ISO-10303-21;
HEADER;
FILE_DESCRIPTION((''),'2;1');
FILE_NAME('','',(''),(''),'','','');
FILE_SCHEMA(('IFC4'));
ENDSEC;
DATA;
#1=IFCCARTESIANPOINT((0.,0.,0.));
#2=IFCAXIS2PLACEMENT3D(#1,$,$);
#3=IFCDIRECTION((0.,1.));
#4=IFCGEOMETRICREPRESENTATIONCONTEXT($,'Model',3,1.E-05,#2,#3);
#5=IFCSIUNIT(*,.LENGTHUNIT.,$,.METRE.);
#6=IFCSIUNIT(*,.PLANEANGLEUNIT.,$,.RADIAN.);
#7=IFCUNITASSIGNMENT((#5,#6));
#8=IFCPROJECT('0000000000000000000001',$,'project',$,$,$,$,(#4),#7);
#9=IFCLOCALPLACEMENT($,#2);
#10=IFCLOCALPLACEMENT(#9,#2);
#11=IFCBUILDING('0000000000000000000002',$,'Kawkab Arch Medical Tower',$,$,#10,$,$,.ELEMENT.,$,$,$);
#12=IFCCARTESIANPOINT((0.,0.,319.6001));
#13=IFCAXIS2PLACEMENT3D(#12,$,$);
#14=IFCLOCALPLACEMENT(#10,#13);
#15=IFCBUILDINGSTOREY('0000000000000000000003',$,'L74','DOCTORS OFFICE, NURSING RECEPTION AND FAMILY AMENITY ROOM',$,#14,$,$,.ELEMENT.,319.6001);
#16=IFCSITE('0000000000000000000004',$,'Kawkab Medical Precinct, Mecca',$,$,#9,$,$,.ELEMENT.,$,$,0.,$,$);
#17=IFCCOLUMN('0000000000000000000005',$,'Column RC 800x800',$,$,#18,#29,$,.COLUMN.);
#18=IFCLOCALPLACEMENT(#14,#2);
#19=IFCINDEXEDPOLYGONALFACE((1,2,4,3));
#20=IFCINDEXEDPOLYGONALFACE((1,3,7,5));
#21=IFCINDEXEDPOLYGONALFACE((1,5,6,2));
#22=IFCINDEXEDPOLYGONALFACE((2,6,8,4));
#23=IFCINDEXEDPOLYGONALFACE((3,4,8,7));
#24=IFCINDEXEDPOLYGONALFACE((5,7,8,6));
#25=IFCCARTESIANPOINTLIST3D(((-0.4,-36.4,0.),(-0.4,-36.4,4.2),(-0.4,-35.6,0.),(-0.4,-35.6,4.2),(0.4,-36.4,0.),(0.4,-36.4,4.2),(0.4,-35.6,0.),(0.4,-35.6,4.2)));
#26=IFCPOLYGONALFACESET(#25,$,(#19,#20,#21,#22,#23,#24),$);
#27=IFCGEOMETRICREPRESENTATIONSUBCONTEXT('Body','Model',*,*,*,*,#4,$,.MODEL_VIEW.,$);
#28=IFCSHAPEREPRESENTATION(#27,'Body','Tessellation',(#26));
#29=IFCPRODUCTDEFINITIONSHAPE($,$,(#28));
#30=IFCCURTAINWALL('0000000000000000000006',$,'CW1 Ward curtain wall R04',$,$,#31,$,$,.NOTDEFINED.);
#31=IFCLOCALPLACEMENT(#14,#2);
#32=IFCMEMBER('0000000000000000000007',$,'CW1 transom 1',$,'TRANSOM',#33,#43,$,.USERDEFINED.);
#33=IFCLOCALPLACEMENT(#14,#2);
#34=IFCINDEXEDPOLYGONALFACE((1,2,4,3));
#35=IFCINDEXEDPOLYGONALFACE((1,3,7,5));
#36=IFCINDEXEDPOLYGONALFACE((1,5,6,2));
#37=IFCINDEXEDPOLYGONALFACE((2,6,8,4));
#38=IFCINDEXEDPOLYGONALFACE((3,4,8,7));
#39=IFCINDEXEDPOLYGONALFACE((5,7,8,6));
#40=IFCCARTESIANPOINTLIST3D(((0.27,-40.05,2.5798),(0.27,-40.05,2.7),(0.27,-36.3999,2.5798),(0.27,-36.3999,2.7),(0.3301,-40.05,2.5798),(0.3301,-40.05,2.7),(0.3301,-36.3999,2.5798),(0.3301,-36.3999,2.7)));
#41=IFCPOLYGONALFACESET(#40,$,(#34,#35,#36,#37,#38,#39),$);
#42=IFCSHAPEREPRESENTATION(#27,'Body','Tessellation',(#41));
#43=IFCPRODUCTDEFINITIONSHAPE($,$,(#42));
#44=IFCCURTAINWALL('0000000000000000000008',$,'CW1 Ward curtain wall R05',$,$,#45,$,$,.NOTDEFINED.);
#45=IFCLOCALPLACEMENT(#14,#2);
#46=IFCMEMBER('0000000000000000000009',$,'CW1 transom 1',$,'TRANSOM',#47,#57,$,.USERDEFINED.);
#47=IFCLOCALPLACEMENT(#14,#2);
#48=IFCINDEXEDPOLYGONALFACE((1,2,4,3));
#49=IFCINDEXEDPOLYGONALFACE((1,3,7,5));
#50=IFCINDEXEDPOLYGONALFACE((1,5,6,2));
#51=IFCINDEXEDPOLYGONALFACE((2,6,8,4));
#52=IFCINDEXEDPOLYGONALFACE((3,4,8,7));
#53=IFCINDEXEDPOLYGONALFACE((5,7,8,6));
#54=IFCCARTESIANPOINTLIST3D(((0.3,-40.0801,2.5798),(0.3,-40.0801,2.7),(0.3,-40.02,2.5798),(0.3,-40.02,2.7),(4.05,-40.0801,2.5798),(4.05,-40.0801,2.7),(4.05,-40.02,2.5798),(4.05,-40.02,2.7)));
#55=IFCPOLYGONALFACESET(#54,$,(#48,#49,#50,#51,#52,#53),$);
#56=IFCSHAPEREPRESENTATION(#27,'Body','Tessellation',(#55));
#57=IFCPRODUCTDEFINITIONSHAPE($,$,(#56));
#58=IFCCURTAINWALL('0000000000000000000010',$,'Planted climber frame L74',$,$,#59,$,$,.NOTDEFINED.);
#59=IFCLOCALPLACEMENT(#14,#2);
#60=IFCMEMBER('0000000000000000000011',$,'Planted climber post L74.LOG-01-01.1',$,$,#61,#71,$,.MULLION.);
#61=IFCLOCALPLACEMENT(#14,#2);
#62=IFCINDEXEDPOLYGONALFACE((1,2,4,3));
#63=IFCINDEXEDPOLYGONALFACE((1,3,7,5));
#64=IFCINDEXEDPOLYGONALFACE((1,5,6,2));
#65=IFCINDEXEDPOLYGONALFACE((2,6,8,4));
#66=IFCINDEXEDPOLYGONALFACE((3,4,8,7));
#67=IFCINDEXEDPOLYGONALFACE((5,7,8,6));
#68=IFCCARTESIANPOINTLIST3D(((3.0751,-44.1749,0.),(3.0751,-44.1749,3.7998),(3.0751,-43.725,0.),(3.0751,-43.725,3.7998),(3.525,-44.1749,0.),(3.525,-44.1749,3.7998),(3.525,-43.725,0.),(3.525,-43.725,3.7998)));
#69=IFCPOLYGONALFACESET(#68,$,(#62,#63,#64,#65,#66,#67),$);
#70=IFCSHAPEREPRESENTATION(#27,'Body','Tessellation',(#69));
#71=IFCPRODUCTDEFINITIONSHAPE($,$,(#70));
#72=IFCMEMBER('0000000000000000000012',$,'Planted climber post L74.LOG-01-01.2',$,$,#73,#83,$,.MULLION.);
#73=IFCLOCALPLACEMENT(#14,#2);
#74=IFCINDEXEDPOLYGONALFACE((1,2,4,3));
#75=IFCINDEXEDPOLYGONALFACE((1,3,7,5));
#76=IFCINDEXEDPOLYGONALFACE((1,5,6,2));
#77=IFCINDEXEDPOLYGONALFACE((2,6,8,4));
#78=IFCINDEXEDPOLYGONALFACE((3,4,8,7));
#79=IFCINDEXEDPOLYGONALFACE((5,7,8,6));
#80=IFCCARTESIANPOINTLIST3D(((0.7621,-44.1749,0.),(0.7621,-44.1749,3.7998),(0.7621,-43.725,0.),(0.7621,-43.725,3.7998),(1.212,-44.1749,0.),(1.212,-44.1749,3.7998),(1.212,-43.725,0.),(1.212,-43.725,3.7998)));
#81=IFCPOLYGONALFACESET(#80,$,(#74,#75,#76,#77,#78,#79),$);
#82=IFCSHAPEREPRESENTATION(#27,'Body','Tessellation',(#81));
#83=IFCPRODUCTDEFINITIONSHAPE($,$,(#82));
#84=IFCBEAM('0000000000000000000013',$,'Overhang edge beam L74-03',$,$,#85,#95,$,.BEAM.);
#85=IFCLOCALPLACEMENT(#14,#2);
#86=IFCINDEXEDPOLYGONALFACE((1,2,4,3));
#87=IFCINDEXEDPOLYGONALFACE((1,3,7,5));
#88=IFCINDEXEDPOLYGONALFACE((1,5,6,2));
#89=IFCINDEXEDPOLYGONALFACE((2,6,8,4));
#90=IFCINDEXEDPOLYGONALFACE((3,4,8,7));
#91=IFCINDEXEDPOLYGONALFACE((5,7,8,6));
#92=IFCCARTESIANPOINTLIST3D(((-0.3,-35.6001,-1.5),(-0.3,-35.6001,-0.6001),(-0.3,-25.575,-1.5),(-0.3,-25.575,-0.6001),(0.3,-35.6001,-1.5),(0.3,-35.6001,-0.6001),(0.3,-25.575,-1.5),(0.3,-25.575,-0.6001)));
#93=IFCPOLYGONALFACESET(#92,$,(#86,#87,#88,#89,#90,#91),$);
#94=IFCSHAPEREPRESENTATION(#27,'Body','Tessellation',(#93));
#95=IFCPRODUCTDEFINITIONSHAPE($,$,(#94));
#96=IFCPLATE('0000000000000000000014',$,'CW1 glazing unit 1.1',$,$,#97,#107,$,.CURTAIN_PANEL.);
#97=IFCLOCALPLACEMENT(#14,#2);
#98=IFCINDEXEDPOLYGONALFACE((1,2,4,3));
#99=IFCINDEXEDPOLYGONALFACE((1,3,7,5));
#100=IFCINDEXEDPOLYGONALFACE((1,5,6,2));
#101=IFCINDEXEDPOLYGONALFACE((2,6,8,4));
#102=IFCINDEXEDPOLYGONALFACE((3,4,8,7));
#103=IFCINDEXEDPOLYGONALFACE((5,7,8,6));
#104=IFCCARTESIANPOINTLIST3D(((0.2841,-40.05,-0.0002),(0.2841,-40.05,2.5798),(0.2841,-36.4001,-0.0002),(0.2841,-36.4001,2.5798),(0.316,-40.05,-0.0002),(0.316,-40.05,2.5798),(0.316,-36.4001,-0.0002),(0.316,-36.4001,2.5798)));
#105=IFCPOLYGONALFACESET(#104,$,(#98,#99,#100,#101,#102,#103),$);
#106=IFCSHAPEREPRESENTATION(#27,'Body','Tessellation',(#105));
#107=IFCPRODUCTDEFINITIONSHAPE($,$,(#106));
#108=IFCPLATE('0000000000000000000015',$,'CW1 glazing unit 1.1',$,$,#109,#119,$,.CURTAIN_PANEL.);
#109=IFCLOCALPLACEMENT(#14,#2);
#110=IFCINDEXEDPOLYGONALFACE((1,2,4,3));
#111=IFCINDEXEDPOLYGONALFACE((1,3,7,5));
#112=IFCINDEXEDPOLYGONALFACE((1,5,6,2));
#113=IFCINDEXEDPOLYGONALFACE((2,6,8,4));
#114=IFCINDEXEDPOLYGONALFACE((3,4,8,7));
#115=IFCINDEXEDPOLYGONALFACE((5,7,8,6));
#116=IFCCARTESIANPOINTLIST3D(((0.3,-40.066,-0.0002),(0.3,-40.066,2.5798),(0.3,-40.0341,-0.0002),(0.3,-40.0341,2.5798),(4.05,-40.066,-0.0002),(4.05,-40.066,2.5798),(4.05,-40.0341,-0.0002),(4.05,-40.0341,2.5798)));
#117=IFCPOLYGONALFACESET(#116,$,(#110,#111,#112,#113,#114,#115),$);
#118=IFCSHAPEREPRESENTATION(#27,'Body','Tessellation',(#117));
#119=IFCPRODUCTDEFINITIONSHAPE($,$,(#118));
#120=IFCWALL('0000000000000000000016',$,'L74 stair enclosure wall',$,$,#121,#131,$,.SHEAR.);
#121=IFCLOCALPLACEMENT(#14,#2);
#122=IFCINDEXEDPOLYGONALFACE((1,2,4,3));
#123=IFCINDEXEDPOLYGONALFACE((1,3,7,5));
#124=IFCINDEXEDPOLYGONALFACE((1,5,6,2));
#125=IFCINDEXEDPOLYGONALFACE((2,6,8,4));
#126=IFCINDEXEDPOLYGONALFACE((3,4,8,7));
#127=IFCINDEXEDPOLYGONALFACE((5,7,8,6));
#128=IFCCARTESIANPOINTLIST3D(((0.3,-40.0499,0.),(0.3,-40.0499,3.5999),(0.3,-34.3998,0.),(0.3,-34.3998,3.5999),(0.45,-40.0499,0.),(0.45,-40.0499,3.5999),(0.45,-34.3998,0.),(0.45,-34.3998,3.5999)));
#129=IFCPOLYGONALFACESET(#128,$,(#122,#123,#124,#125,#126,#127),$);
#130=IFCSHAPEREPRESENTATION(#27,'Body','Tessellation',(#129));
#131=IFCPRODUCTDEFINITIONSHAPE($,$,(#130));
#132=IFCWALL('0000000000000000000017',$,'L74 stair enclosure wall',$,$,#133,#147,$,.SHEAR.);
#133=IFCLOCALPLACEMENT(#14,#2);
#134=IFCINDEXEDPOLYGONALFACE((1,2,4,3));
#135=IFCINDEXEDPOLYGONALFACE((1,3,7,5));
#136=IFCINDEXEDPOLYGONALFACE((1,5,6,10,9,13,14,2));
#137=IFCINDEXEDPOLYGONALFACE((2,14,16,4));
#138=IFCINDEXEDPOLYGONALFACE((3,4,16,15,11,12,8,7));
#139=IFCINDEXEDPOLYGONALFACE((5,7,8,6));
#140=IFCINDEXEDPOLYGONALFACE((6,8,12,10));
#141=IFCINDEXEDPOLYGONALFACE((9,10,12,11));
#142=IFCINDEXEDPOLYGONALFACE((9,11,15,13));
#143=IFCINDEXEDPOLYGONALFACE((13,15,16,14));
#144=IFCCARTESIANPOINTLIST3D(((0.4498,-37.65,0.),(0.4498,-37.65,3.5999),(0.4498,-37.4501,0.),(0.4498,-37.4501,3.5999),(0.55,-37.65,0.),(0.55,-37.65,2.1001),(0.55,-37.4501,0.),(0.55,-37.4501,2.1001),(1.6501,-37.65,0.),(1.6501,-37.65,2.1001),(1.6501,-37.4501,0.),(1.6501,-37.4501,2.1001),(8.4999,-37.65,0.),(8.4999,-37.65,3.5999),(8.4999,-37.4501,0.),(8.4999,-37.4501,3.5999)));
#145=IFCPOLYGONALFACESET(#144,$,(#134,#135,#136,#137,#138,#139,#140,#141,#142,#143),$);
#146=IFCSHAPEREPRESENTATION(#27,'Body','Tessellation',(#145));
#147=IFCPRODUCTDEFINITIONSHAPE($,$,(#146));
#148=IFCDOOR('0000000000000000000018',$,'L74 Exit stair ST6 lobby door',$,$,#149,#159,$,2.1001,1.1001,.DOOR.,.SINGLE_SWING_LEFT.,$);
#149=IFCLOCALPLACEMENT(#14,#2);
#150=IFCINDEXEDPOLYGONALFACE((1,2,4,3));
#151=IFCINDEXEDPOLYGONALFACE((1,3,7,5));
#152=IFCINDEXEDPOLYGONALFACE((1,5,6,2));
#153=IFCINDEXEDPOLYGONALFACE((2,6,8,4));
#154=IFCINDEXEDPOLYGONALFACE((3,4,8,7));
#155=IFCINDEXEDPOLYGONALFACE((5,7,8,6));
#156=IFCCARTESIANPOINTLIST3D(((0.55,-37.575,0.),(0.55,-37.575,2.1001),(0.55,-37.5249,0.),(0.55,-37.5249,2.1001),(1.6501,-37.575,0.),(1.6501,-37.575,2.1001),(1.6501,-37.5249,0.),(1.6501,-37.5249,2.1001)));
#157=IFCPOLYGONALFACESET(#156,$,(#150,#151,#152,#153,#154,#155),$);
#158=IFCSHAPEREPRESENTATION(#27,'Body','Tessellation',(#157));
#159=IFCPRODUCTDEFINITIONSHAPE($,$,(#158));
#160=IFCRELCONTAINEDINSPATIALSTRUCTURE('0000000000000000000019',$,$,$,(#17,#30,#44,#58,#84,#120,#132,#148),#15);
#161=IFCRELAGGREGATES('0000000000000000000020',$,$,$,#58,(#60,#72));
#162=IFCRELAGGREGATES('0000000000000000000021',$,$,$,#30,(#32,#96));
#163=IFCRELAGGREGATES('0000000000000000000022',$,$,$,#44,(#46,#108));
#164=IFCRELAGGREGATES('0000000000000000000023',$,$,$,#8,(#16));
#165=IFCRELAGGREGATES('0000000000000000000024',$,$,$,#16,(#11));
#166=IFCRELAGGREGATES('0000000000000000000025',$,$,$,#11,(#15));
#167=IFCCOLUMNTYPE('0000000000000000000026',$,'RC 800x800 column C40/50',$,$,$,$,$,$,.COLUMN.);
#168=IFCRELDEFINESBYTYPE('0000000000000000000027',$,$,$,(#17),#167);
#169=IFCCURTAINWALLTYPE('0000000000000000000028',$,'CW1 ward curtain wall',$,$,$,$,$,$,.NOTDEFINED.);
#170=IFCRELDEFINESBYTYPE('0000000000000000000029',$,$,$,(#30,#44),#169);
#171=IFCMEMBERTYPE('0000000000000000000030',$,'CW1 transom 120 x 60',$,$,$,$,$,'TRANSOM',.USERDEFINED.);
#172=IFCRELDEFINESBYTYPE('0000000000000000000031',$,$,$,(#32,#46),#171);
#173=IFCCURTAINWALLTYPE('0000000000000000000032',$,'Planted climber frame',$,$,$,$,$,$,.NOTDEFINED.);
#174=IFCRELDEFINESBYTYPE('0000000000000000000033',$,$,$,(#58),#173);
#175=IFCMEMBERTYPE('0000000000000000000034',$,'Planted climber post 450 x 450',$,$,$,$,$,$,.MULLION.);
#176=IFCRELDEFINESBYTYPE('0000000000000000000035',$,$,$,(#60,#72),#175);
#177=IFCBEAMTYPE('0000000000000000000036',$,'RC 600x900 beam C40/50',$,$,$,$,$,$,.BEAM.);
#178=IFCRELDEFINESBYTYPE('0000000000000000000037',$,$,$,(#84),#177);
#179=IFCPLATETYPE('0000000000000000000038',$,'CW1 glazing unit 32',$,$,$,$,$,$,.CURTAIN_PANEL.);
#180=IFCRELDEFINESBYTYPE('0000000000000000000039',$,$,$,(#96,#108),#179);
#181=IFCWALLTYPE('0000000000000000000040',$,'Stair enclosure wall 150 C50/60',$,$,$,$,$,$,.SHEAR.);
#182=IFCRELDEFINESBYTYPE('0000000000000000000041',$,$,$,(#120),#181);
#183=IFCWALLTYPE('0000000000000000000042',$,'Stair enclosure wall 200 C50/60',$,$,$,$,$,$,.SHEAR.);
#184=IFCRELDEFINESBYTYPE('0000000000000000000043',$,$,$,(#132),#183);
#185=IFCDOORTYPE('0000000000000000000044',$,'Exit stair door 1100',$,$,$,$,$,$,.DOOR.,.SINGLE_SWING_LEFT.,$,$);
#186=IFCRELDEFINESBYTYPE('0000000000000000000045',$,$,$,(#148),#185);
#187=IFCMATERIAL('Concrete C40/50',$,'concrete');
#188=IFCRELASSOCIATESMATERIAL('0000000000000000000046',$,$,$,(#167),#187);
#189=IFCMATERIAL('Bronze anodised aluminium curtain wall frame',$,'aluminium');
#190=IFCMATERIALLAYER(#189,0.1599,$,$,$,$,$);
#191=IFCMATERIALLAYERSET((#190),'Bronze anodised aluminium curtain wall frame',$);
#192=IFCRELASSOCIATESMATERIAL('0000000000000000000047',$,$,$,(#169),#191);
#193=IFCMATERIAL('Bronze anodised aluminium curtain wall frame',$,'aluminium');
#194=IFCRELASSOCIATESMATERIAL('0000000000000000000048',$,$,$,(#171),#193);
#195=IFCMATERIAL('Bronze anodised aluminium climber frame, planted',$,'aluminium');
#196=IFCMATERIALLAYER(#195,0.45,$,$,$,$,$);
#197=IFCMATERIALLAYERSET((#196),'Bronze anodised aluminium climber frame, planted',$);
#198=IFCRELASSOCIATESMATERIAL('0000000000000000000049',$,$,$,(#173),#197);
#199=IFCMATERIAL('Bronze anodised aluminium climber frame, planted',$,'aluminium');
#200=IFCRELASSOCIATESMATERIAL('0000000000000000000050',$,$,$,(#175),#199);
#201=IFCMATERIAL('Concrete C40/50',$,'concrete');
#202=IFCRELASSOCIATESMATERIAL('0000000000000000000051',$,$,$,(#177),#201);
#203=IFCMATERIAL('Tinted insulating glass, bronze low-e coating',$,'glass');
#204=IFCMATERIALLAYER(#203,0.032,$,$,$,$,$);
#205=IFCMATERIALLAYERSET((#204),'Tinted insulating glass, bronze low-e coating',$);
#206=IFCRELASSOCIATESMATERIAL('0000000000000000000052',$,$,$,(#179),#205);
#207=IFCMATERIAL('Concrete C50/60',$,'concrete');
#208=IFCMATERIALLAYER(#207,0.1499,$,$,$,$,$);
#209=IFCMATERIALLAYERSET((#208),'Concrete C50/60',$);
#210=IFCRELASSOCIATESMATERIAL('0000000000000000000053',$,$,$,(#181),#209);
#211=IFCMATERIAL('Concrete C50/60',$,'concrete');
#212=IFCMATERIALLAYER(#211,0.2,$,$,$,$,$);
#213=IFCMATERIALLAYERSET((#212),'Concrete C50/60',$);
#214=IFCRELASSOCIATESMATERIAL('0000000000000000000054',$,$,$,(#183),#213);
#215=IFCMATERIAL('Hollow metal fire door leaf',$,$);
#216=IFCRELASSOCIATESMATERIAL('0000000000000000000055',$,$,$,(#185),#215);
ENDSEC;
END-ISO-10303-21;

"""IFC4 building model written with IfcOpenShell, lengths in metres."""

from ifc_helpers import new_model, si_unit, direction, frame, frame_2d, origin, origin_2d, place, context, subcontext, project, spatial, rectangle, extrude, material, layer, layer_set, material_profile, profile_set, type_object, element, fill, aggregate, save


model = new_model("IFC4")

# Units and contexts
model_context = context("Model", 3, precision=1e-05, world=origin(), true_north=direction((0.0, 1.0)))
body_context = subcontext(model_context, "Body", "Model", "MODEL_VIEW")
ifc_project = project(units=[si_unit("LENGTHUNIT", "METRE"), si_unit("PLANEANGLEUNIT", "RADIAN")], contexts=[model_context])

# Site, building, storey
site_placement = place(None, origin())
site = spatial("IfcSite", under=ifc_project, at=site_placement, Name="Kawkab Medical Precinct, Mecca", CompositionType="ELEMENT", RefElevation=0.0)
building_placement = place(site_placement, origin())
building = spatial("IfcBuilding", under=site, at=building_placement, Name="Kawkab Arch Medical Tower", CompositionType="ELEMENT")
storey_placement = place(building_placement, frame((0.0, 0.0, 319.6001)))
storey = spatial("IfcBuildingStorey", under=building, at=storey_placement, Name="L74", Description="DOCTORS OFFICE, NURSING RECEPTION AND FAMILY AMENITY ROOM", CompositionType="ELEMENT", Elevation=319.6001)

# Column
ifc_material_1 = material(Name="Concrete C40/50", Category="concrete")
ifc_material_profile_1 = material_profile(ifc_material_1, rectangle(XDim=0.8, YDim=0.8, at=origin_2d()), Name="RC 800x800")
ifc_profile_set_1 = profile_set([ifc_material_profile_1], Name="Concrete C40/50")
column_type = type_object("IfcColumnType", Name="RC 800x800 column C40/50", PredefinedType="COLUMN", material=ifc_profile_set_1)
column_placement = place(storey_placement, frame((0.0, -36.0, 0.0), z_axis=(0.0, 0.0, 1.0), x_axis=(1.0, 0.0, 0.0)))
element("IfcColumn", 1, at=column_placement, inside=storey, type_object=column_type, Name="Column RC 800x800", PredefinedType="COLUMN", context=body_context, shape_type="SweptSolid", body=[
    extrude(rectangle(XDim=0.8, YDim=0.8, at=origin_2d()), origin(), (0.0, 0.0, 1.0), 4.2),
])

# Curtain walls, members
ifc_material_2 = material(Name="Bronze anodised aluminium curtain wall frame", Category="aluminium")
ifc_layer_1 = layer(ifc_material_2, 0.1599)
ifc_layer_set_1 = layer_set([ifc_layer_1], Name="Bronze anodised aluminium curtain wall frame")
curtain_wall_type_1 = type_object("IfcCurtainWallType", Name="CW1 ward curtain wall", PredefinedType="NOTDEFINED", material=ifc_layer_set_1)
placement = place(storey_placement, origin())
curtain_wall_1 = element("IfcCurtainWall", 2, at=placement, inside=storey, type_object=curtain_wall_type_1, Name="CW1 Ward curtain wall R04", PredefinedType="NOTDEFINED")
ifc_material_3 = material(Name="Bronze anodised aluminium curtain wall frame", Category="aluminium")
ifc_material_profile_2 = material_profile(ifc_material_3, rectangle(XDim=0.0601, YDim=0.1201, at=origin_2d()), Name="AL 60x120")
ifc_profile_set_2 = profile_set([ifc_material_profile_2], Name="Bronze anodised aluminium curtain wall frame")
member_type_1 = type_object("IfcMemberType", Name="CW1 transom 120 x 60", ElementType="TRANSOM", PredefinedType="USERDEFINED", material=ifc_profile_set_2)
member_1_placement = place(storey_placement, frame((0.3, -36.3999, 2.6399), z_axis=(0.0, -1.0, 0.0), x_axis=(1.0, 0.0, 0.0)))
member_1 = element("IfcMember", 3, at=member_1_placement, type_object=member_type_1, Name="CW1 transom 1", ObjectType="TRANSOM", PredefinedType="USERDEFINED", context=body_context, shape_type="SweptSolid", body=[
    extrude(rectangle(XDim=0.0601, YDim=0.1201, at=origin_2d()), origin(), (0.0, 0.0, 1.0), 3.6501),
])
curtain_wall_2 = element("IfcCurtainWall", 4, at=placement, inside=storey, type_object=curtain_wall_type_1, Name="CW1 Ward curtain wall R05", PredefinedType="NOTDEFINED")
member_2_placement = place(storey_placement, frame((0.3, -40.05, 2.6399), z_axis=(1.0, 0.0, 0.0), x_axis=(0.0, 1.0, 0.0)))
member_2 = element("IfcMember", 5, at=member_2_placement, type_object=member_type_1, Name="CW1 transom 1", ObjectType="TRANSOM", PredefinedType="USERDEFINED", context=body_context, shape_type="SweptSolid", body=[
    extrude(rectangle(XDim=0.0601, YDim=0.1201, at=origin_2d()), origin(), (0.0, 0.0, 1.0), 3.75),
])

# Curtain wall, members
ifc_material_4 = material(Name="Bronze anodised aluminium climber frame, planted", Category="aluminium")
ifc_layer_2 = layer(ifc_material_4, 0.45)
ifc_layer_set_2 = layer_set([ifc_layer_2], Name="Bronze anodised aluminium climber frame, planted")
curtain_wall_type_2 = type_object("IfcCurtainWallType", Name="Planted climber frame", PredefinedType="NOTDEFINED", material=ifc_layer_set_2)
curtain_wall_3 = element("IfcCurtainWall", 6, at=placement, inside=storey, type_object=curtain_wall_type_2, Name="Planted climber frame L74", PredefinedType="NOTDEFINED")
ifc_material_5 = material(Name="Bronze anodised aluminium climber frame, planted", Category="aluminium")
ifc_material_profile_3 = material_profile(ifc_material_5, rectangle(XDim=0.45, YDim=0.45, at=origin_2d()), Name="Post 450x450")
ifc_profile_set_3 = profile_set([ifc_material_profile_3], Name="Bronze anodised aluminium climber frame, planted")
member_type_2 = type_object("IfcMemberType", Name="Planted climber post 450 x 450", PredefinedType="MULLION", material=ifc_profile_set_3)
member_3_placement = place(storey_placement, frame((3.3, -43.95, 0.0), z_axis=(0.0, 0.0, 1.0), x_axis=(1.0, 0.0, 0.0)))
member_3 = element("IfcMember", 7, at=member_3_placement, type_object=member_type_2, Name="Planted climber post L74.LOG-01-01.1", PredefinedType="MULLION", context=body_context, shape_type="SweptSolid", body=[
    extrude(rectangle(XDim=0.45, YDim=0.45, at=origin_2d()), origin(), (0.0, 0.0, 1.0), 3.7998),
])
member_4_placement = place(storey_placement, frame((0.9871, -43.95, 0.0), z_axis=(0.0, 0.0, 1.0), x_axis=(1.0, 0.0, 0.0)))
member_4 = element("IfcMember", 8, at=member_4_placement, type_object=member_type_2, Name="Planted climber post L74.LOG-01-01.2", PredefinedType="MULLION", context=body_context, shape_type="SweptSolid", body=[
    extrude(rectangle(XDim=0.45, YDim=0.45, at=origin_2d()), origin(), (0.0, 0.0, 1.0), 3.7998),
])
aggregate(curtain_wall_3, [member_3, member_4])

# Beam
ifc_material_6 = material(Name="Concrete C40/50", Category="concrete")
ifc_material_profile_4 = material_profile(ifc_material_6, rectangle(XDim=0.6001, YDim=0.8999, at=origin_2d()), Name="RC 600x900")
ifc_profile_set_4 = profile_set([ifc_material_profile_4], Name="Concrete C40/50")
beam_type = type_object("IfcBeamType", Name="RC 600x900 beam C40/50", PredefinedType="BEAM", material=ifc_profile_set_4)
beam_placement = place(storey_placement, frame((0.0, -35.6001, -1.05), z_axis=(0.0, 1.0, 0.0), x_axis=(-1.0, 0.0, 0.0)))
element("IfcBeam", 9, at=beam_placement, inside=storey, type_object=beam_type, Name="Overhang edge beam L74-03", PredefinedType="BEAM", context=body_context, shape_type="SweptSolid", body=[
    extrude(rectangle(XDim=0.6001, YDim=0.8999, at=origin_2d()), origin(), (0.0, 0.0, 1.0), 10.0251),
])

# Plates
ifc_material_7 = material(Name="Tinted insulating glass, bronze low-e coating", Category="glass")
ifc_layer_3 = layer(ifc_material_7, 0.032)
ifc_layer_set_3 = layer_set([ifc_layer_3], Name="Tinted insulating glass, bronze low-e coating")
plate_type = type_object("IfcPlateType", Name="CW1 glazing unit 32", PredefinedType="CURTAIN_PANEL", material=ifc_layer_set_3)
plate_1_placement = place(storey_placement, frame((0.3, -38.2251, -0.0002), z_axis=(0.0, 0.0, 1.0), x_axis=(0.0, -1.0, 0.0)))
plate_1 = element("IfcPlate", 10, at=plate_1_placement, type_object=plate_type, Name="CW1 glazing unit 1.1", PredefinedType="CURTAIN_PANEL", context=body_context, shape_type="SweptSolid", body=[
    extrude(rectangle(XDim=3.6499, YDim=0.032, at=origin_2d()), origin(), (0.0, 0.0, 1.0), 2.5801),
])
aggregate(curtain_wall_1, [member_1, plate_1])
plate_2_placement = place(storey_placement, frame((2.175, -40.05, -0.0002), z_axis=(0.0, 0.0, 1.0), x_axis=(1.0, 0.0, 0.0)))
plate_2 = element("IfcPlate", 11, at=plate_2_placement, type_object=plate_type, Name="CW1 glazing unit 1.1", PredefinedType="CURTAIN_PANEL", context=body_context, shape_type="SweptSolid", body=[
    extrude(rectangle(XDim=3.75, YDim=0.032, at=origin_2d()), origin(), (0.0, 0.0, 1.0), 2.5801),
])
aggregate(curtain_wall_2, [member_2, plate_2])

# Wall
ifc_material_8 = material(Name="Concrete C50/60", Category="concrete")
ifc_layer_4 = layer(ifc_material_8, 0.1499)
ifc_layer_set_4 = layer_set([ifc_layer_4], Name="Concrete C50/60")
wall_type_1 = type_object("IfcWallType", Name="Stair enclosure wall 150 C50/60", PredefinedType="SHEAR", material=ifc_layer_set_4)
wall_1_placement = place(storey_placement, frame((0.375, -40.05, 0.0), z_axis=(0.0, 0.0, 1.0), x_axis=(0.0, 1.0, 0.0)))
element("IfcWall", 12, at=wall_1_placement, inside=storey, type_object=wall_type_1, Name="L74 stair enclosure wall", PredefinedType="SHEAR", context=body_context, shape_type="SweptSolid", body=[
    extrude(rectangle(XDim=5.6501, YDim=0.1499, at=frame_2d((2.8252, 0.0))), origin(), (0.0, 0.0, 1.0), 3.5999),
])

# Wall, opening, door
ifc_material_9 = material(Name="Concrete C50/60", Category="concrete")
ifc_layer_5 = layer(ifc_material_9, 0.2)
ifc_layer_set_5 = layer_set([ifc_layer_5], Name="Concrete C50/60")
wall_type_2 = type_object("IfcWallType", Name="Stair enclosure wall 200 C50/60", PredefinedType="SHEAR", material=ifc_layer_set_5)
wall_2_placement = place(storey_placement, frame((0.45, -37.55, 0.0), z_axis=(0.0, 0.0, 1.0), x_axis=(1.0, 0.0, 0.0)))
wall_2 = element("IfcWall", 13, at=wall_2_placement, inside=storey, type_object=wall_type_2, Name="L74 stair enclosure wall", PredefinedType="SHEAR", context=body_context, shape_type="SweptSolid", body=[
    extrude(rectangle(XDim=8.05, YDim=0.2, at=frame_2d((4.0249, 0.0))), origin(), (0.0, 0.0, 1.0), 3.5999),
])
opening_1_placement = place(wall_2_placement, frame((0.1001, 0.0, 0.0)))
opening_1 = element("IfcOpeningElement", 14, at=opening_1_placement, cuts=wall_2, PredefinedType="OPENING", context=body_context, shape_type="SweptSolid", body=[
    extrude(rectangle(XDim=1.1001, YDim=2.1001, at=frame_2d((0.55, 1.05))), frame((0.0, 0.1099, 0.0), z_axis=(0.0, -1.0, 0.0), x_axis=(1.0, 0.0, 0.0)), (0.0, 0.0, 1.0), 0.22),
])
ifc_material_10 = material(Name="Hollow metal fire door leaf")
door_type_1 = type_object("IfcDoorType", Name="Exit stair door 1100", OperationType="SINGLE_SWING_LEFT", PredefinedType="DOOR", material=ifc_material_10)
door_1_placement = place(opening_1_placement, frame((1.1001, 0.0, 0.0), z_axis=(0.0, 0.0, 1.0), x_axis=(-1.0, 0.0, 0.0)))
door_1 = element("IfcDoor", 15, at=door_1_placement, inside=storey, type_object=door_type_1, Name="L74 Exit stair ST6 lobby door", OperationType="SINGLE_SWING_LEFT", OverallHeight=2.1001, OverallWidth=1.1001, PredefinedType="DOOR", context=body_context, shape_type="SweptSolid", body=[
    extrude(rectangle(XDim=1.1001, YDim=2.1001, at=frame_2d((0.55, 1.05))), frame((0.0, 0.0249, 0.0), z_axis=(0.0, -1.0, 0.0), x_axis=(1.0, 0.0, 0.0)), (0.0, 0.0, 1.0), 0.05),
])
fill(opening_1, door_1)

save(model, "model.ifc")
